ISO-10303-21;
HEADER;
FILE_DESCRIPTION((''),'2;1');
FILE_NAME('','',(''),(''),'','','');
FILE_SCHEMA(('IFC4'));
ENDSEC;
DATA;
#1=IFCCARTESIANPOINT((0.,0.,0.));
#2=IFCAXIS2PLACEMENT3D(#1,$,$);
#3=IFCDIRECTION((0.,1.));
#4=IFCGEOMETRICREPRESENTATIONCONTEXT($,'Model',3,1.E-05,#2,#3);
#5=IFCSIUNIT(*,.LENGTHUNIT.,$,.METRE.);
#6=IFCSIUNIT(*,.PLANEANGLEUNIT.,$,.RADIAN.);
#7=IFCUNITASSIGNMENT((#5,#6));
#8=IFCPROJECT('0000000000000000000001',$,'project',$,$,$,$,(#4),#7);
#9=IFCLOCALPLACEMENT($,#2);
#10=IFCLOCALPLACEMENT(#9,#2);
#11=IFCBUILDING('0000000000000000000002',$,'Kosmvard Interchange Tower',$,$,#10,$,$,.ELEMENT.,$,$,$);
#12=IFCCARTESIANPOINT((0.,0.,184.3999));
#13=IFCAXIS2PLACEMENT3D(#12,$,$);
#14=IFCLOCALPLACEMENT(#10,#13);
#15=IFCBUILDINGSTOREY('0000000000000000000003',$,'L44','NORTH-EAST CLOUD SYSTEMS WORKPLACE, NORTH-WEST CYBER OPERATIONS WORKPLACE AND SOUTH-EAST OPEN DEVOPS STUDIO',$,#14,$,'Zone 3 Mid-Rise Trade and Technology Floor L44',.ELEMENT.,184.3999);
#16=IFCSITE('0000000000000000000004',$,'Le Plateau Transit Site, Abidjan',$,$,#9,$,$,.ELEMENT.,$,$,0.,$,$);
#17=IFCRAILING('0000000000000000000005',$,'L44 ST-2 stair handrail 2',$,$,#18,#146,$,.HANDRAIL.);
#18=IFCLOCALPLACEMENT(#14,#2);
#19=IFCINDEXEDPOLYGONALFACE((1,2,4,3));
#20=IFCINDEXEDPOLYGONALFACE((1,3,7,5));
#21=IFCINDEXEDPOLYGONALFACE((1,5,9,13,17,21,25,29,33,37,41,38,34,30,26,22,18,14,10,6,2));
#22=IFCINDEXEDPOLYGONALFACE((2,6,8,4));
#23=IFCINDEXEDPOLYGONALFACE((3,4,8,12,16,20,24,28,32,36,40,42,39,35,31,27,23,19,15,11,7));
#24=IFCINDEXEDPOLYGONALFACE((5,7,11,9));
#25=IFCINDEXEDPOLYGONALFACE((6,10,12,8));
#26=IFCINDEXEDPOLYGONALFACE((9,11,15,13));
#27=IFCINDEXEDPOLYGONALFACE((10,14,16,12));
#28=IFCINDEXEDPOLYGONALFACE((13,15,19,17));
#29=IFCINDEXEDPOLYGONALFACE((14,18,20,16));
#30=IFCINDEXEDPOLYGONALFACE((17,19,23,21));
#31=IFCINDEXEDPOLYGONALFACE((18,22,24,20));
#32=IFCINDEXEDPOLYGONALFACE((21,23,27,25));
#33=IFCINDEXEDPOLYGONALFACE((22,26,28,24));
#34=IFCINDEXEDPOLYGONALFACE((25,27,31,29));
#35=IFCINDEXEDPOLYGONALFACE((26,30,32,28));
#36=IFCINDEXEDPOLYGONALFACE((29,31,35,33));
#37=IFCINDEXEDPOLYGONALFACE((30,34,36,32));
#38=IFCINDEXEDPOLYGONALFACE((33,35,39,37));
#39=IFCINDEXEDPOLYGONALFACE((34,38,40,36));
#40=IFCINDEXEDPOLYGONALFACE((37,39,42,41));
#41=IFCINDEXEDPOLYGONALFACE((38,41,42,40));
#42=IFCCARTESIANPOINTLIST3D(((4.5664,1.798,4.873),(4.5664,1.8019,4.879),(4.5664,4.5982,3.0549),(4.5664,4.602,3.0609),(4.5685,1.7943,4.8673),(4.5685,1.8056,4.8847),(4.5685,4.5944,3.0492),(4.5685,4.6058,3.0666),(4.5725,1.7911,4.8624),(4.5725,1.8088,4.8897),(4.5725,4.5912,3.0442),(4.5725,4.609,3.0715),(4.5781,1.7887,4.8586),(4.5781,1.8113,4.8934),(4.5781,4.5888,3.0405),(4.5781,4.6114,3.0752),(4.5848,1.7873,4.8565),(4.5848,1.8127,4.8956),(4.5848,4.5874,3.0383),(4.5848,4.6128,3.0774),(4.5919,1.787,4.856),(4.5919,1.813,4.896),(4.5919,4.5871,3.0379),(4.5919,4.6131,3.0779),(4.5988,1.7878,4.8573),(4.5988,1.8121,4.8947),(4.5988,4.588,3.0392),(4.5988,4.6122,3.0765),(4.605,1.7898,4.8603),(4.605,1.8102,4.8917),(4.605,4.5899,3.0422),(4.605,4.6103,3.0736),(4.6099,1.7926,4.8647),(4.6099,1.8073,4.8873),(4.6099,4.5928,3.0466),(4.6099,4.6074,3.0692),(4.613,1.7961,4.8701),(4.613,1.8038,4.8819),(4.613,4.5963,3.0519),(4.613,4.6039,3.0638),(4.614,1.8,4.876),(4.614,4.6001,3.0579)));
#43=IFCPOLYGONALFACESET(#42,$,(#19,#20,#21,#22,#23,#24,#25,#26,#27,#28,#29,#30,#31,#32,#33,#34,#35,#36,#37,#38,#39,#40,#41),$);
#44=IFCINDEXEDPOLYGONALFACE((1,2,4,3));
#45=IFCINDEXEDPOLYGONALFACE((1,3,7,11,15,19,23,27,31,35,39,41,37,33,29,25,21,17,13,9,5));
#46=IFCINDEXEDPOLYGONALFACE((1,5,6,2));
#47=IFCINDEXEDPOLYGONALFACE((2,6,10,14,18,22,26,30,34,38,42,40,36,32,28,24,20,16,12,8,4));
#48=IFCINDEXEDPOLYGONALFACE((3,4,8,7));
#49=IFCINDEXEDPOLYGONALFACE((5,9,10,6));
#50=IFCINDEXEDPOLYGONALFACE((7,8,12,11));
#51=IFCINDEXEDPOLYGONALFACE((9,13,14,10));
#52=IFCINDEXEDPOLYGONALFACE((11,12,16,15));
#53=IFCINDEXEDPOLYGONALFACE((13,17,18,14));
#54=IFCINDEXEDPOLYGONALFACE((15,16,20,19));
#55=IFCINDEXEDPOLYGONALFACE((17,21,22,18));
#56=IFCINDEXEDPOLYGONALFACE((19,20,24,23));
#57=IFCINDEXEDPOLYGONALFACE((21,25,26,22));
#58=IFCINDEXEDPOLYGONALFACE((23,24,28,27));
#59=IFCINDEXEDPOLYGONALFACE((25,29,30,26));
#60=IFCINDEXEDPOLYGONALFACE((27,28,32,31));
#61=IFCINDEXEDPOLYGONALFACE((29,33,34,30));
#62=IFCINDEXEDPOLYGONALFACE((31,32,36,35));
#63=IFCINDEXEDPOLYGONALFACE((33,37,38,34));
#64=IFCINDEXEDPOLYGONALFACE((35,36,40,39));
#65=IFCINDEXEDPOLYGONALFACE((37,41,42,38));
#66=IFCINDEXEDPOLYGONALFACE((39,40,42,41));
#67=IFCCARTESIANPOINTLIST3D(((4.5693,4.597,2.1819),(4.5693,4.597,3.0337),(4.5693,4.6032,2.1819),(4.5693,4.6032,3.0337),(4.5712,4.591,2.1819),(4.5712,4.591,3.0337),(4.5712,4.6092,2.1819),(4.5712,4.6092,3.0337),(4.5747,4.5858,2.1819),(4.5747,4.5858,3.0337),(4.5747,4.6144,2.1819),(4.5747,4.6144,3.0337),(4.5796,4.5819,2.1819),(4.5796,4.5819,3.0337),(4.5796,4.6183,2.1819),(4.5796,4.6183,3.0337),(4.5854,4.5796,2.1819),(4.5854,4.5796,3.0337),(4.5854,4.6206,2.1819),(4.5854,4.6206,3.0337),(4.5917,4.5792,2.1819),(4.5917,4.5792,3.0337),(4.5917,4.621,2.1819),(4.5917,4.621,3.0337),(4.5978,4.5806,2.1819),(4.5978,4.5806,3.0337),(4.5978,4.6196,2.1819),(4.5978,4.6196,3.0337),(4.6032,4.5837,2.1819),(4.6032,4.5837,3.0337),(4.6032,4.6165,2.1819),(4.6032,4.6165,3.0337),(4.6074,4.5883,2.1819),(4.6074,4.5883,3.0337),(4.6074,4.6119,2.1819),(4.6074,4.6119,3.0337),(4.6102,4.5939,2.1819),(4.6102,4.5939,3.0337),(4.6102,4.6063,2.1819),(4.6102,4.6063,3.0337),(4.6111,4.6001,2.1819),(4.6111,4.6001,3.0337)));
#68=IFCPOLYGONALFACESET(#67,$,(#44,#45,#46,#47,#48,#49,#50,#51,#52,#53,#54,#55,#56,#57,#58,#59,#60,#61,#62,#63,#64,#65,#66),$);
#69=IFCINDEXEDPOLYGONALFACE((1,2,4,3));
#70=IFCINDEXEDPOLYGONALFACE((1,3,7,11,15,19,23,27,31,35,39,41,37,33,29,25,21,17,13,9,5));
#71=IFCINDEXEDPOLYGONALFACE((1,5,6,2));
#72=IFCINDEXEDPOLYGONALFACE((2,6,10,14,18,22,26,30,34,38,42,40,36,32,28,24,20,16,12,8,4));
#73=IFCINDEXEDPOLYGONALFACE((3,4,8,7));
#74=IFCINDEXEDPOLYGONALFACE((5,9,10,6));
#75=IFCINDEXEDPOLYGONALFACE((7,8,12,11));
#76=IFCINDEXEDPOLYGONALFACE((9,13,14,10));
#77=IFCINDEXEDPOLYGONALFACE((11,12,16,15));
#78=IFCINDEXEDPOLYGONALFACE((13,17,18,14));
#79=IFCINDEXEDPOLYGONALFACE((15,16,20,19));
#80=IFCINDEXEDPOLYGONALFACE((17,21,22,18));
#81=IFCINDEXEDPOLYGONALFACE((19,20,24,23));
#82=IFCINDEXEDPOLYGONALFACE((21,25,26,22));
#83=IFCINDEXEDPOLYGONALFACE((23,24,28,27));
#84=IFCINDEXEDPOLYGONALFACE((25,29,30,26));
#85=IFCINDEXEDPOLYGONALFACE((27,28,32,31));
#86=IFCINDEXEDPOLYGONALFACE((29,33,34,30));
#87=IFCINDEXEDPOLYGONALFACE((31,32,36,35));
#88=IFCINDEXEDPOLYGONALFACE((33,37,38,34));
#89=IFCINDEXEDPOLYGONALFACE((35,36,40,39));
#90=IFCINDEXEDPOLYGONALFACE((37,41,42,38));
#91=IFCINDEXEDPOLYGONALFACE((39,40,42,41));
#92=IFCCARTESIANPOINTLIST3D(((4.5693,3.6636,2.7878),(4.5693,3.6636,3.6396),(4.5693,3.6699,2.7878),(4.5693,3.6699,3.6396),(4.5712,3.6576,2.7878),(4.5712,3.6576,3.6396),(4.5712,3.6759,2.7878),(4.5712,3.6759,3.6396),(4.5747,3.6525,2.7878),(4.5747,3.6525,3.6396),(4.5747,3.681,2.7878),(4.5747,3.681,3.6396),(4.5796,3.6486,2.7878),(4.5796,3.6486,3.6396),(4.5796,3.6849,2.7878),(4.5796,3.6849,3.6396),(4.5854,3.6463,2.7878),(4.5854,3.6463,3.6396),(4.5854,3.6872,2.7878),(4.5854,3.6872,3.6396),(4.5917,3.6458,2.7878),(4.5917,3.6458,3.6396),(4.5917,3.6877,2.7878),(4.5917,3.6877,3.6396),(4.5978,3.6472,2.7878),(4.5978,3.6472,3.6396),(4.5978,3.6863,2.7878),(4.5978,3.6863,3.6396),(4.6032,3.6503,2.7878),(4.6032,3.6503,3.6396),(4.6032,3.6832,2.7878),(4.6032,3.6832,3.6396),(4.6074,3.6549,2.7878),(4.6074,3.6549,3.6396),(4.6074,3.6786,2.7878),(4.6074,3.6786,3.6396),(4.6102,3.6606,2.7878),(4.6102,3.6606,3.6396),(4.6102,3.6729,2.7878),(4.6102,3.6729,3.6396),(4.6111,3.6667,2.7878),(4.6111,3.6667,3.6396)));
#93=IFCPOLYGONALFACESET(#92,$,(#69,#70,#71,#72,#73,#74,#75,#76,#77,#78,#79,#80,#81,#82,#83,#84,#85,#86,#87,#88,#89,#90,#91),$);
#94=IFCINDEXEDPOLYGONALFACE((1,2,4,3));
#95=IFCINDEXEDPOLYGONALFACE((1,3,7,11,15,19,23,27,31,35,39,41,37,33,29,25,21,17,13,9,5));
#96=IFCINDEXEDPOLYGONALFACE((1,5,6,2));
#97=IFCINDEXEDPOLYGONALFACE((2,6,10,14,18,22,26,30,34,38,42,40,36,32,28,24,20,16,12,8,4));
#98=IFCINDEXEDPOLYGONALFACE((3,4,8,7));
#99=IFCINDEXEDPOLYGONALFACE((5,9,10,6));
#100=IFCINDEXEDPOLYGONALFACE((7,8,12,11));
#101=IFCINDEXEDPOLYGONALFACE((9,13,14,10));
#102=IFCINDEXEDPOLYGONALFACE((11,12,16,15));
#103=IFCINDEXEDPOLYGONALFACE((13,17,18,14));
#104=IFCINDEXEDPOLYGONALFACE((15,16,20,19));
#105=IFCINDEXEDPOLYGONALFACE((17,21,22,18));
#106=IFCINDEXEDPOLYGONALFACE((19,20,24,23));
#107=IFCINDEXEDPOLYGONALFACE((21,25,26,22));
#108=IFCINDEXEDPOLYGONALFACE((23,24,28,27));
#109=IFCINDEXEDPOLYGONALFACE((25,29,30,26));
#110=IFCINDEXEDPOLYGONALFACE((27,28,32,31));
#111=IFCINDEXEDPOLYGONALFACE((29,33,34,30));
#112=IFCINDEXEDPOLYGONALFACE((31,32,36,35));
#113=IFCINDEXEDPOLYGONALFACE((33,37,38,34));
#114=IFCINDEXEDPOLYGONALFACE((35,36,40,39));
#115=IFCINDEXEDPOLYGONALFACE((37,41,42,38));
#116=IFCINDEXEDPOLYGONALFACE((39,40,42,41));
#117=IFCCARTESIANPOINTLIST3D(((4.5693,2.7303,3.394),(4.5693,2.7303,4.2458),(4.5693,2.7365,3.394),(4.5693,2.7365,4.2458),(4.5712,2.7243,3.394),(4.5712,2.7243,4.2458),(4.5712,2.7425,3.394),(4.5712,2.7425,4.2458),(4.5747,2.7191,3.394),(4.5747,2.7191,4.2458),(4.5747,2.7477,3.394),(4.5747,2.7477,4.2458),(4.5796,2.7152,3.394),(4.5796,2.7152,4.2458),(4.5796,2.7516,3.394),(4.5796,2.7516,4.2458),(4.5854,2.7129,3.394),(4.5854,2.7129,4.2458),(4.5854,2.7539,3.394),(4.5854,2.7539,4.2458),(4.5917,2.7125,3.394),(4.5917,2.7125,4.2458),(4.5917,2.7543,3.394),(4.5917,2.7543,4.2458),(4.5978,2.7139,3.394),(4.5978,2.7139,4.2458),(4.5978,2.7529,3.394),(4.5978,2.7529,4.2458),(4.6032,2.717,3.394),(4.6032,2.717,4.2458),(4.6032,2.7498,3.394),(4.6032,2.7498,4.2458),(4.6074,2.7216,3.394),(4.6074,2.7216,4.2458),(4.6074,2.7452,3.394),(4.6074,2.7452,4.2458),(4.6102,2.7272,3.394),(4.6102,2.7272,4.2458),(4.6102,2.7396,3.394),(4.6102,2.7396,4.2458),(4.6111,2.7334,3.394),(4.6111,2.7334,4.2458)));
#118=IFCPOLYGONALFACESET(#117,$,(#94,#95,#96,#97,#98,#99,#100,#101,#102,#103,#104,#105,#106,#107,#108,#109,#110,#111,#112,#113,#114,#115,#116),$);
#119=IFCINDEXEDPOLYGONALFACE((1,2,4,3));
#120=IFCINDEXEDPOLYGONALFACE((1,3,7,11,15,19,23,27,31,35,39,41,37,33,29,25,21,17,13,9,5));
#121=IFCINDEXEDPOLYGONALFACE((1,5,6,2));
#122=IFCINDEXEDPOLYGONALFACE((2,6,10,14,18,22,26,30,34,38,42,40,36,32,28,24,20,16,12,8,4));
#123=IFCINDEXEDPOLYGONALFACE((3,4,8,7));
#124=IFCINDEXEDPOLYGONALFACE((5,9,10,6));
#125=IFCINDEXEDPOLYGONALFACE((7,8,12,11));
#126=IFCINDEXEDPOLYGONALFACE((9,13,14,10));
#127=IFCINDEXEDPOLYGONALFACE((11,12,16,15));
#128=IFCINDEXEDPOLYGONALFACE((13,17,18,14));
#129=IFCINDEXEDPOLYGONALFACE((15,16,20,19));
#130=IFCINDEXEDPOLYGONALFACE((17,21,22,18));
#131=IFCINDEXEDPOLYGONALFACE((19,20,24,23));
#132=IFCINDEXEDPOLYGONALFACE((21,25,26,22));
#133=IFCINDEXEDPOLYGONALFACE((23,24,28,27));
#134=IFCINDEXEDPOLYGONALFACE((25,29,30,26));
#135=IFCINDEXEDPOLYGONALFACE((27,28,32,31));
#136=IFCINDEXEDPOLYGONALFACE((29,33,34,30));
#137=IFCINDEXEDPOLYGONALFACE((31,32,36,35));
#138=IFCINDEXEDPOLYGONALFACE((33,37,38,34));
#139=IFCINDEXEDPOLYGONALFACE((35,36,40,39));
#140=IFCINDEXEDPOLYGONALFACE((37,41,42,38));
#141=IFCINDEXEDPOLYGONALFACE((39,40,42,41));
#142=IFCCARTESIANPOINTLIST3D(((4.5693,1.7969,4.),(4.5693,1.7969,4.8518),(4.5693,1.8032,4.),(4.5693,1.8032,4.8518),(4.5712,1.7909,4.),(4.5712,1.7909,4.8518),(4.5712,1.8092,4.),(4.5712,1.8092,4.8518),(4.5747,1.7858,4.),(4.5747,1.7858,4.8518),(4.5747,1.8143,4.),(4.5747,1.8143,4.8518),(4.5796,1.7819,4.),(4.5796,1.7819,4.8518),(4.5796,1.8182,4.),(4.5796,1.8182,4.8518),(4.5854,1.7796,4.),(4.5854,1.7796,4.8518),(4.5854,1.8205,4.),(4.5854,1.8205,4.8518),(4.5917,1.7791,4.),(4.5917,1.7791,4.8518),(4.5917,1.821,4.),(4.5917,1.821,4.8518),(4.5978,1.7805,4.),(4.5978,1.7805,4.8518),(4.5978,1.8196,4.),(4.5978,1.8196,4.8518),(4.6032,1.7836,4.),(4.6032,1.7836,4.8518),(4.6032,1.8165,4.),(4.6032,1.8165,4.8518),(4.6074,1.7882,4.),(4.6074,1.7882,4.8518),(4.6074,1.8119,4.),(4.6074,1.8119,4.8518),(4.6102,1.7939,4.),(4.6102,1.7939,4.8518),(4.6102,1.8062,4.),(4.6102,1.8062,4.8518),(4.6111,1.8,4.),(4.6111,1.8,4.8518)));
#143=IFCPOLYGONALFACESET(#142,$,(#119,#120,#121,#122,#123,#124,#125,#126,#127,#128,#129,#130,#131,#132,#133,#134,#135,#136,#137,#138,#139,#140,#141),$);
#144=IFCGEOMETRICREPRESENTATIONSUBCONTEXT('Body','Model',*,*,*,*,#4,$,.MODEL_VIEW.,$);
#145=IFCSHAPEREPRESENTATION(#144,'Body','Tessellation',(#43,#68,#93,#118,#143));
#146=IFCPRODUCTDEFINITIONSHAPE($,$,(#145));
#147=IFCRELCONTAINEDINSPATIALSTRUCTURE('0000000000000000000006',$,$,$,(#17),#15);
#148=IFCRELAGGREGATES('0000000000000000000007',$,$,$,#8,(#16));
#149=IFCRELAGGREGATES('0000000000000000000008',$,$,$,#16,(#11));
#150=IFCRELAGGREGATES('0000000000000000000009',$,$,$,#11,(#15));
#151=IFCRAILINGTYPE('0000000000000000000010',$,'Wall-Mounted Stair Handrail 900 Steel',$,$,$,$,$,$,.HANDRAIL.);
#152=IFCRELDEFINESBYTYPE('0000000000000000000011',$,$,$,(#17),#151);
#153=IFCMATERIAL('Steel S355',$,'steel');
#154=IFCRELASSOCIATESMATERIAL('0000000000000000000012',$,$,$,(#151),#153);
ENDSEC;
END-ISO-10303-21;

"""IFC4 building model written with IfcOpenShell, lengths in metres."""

from ifc_helpers import new_model, si_unit, direction, frame, origin, origin_2d, place, context, subcontext, project, spatial, circle, extrude, source, transform, mapped, material, type_object, element, save


model = new_model("IFC4")

# Units and contexts
model_context = context("Model", 3, precision=1e-05, world=origin(), true_north=direction((0.0, 1.0)))
body_context = subcontext(model_context, "Body", "Model", "MODEL_VIEW")
ifc_project = project(units=[si_unit("LENGTHUNIT", "METRE"), si_unit("PLANEANGLEUNIT", "RADIAN")], contexts=[model_context])

# Site, building, storey
site_placement = place(None, origin())
site = spatial("IfcSite", under=ifc_project, at=site_placement, Name="Le Plateau Transit Site, Abidjan", CompositionType="ELEMENT", RefElevation=0.0)
building_placement = place(site_placement, origin())
building = spatial("IfcBuilding", under=site, at=building_placement, Name="Kosmvard Interchange Tower", CompositionType="ELEMENT")
storey_placement = place(building_placement, frame((0.0, 0.0, 184.3999)))
storey = spatial("IfcBuildingStorey", under=building, at=storey_placement, Name="L44", Description="NORTH-EAST CLOUD SYSTEMS WORKPLACE, NORTH-WEST CYBER OPERATIONS WORKPLACE AND SOUTH-EAST OPEN DEVOPS STUDIO", LongName="Zone 3 Mid-Rise Trade and Technology Floor L44", CompositionType="ELEMENT", Elevation=184.3999)

# Railing
ifc_material_1 = material(Name="Steel S355", Category="steel")
railing_type_1 = type_object("IfcRailingType", Name="Wall-Mounted Stair Handrail 900 Steel", PredefinedType="HANDRAIL", material=ifc_material_1)
shared_shape_1 = source(origin(), body_context, "Body", "SweptSolid", [
    extrude(circle(Radius=0.0239, at=origin_2d()), frame((0.0, 0.0, 0.876), z_axis=(0.0, -0.838706, 0.544585), x_axis=(1.0, 0.0, 0.0)), (0.0, 0.0, 1.0), 3.3386),
    extrude(circle(Radius=0.021, at=origin_2d()), origin(), (0.0, 0.0, 1.0), 0.8518),
    extrude(circle(Radius=0.021, at=origin_2d()), frame((0.0, -0.9333, 0.606)), (0.0, 0.0, 1.0), 0.8518),
    extrude(circle(Radius=0.021, at=origin_2d()), frame((0.0, -1.8667, 1.2122)), (0.0, 0.0, 1.0), 0.8518),
    extrude(circle(Radius=0.021, at=origin_2d()), frame((0.0, -2.8, 1.8181)), (0.0, 0.0, 1.0), 0.8518),
])
railing_1_placement = place(storey_placement, frame((4.5901, 4.6001, 2.1819)))
element("IfcRailing", 1, at=railing_1_placement, inside=storey, type_object=railing_type_1, Name="L44 ST-2 stair handrail 2", PredefinedType="HANDRAIL", context=body_context, shape_type="MappedRepresentation", body=[
    mapped(shared_shape_1, transform((0.0, 0.0, 0.0), scale=1.0)),
])

save(model, "model.ifc")
